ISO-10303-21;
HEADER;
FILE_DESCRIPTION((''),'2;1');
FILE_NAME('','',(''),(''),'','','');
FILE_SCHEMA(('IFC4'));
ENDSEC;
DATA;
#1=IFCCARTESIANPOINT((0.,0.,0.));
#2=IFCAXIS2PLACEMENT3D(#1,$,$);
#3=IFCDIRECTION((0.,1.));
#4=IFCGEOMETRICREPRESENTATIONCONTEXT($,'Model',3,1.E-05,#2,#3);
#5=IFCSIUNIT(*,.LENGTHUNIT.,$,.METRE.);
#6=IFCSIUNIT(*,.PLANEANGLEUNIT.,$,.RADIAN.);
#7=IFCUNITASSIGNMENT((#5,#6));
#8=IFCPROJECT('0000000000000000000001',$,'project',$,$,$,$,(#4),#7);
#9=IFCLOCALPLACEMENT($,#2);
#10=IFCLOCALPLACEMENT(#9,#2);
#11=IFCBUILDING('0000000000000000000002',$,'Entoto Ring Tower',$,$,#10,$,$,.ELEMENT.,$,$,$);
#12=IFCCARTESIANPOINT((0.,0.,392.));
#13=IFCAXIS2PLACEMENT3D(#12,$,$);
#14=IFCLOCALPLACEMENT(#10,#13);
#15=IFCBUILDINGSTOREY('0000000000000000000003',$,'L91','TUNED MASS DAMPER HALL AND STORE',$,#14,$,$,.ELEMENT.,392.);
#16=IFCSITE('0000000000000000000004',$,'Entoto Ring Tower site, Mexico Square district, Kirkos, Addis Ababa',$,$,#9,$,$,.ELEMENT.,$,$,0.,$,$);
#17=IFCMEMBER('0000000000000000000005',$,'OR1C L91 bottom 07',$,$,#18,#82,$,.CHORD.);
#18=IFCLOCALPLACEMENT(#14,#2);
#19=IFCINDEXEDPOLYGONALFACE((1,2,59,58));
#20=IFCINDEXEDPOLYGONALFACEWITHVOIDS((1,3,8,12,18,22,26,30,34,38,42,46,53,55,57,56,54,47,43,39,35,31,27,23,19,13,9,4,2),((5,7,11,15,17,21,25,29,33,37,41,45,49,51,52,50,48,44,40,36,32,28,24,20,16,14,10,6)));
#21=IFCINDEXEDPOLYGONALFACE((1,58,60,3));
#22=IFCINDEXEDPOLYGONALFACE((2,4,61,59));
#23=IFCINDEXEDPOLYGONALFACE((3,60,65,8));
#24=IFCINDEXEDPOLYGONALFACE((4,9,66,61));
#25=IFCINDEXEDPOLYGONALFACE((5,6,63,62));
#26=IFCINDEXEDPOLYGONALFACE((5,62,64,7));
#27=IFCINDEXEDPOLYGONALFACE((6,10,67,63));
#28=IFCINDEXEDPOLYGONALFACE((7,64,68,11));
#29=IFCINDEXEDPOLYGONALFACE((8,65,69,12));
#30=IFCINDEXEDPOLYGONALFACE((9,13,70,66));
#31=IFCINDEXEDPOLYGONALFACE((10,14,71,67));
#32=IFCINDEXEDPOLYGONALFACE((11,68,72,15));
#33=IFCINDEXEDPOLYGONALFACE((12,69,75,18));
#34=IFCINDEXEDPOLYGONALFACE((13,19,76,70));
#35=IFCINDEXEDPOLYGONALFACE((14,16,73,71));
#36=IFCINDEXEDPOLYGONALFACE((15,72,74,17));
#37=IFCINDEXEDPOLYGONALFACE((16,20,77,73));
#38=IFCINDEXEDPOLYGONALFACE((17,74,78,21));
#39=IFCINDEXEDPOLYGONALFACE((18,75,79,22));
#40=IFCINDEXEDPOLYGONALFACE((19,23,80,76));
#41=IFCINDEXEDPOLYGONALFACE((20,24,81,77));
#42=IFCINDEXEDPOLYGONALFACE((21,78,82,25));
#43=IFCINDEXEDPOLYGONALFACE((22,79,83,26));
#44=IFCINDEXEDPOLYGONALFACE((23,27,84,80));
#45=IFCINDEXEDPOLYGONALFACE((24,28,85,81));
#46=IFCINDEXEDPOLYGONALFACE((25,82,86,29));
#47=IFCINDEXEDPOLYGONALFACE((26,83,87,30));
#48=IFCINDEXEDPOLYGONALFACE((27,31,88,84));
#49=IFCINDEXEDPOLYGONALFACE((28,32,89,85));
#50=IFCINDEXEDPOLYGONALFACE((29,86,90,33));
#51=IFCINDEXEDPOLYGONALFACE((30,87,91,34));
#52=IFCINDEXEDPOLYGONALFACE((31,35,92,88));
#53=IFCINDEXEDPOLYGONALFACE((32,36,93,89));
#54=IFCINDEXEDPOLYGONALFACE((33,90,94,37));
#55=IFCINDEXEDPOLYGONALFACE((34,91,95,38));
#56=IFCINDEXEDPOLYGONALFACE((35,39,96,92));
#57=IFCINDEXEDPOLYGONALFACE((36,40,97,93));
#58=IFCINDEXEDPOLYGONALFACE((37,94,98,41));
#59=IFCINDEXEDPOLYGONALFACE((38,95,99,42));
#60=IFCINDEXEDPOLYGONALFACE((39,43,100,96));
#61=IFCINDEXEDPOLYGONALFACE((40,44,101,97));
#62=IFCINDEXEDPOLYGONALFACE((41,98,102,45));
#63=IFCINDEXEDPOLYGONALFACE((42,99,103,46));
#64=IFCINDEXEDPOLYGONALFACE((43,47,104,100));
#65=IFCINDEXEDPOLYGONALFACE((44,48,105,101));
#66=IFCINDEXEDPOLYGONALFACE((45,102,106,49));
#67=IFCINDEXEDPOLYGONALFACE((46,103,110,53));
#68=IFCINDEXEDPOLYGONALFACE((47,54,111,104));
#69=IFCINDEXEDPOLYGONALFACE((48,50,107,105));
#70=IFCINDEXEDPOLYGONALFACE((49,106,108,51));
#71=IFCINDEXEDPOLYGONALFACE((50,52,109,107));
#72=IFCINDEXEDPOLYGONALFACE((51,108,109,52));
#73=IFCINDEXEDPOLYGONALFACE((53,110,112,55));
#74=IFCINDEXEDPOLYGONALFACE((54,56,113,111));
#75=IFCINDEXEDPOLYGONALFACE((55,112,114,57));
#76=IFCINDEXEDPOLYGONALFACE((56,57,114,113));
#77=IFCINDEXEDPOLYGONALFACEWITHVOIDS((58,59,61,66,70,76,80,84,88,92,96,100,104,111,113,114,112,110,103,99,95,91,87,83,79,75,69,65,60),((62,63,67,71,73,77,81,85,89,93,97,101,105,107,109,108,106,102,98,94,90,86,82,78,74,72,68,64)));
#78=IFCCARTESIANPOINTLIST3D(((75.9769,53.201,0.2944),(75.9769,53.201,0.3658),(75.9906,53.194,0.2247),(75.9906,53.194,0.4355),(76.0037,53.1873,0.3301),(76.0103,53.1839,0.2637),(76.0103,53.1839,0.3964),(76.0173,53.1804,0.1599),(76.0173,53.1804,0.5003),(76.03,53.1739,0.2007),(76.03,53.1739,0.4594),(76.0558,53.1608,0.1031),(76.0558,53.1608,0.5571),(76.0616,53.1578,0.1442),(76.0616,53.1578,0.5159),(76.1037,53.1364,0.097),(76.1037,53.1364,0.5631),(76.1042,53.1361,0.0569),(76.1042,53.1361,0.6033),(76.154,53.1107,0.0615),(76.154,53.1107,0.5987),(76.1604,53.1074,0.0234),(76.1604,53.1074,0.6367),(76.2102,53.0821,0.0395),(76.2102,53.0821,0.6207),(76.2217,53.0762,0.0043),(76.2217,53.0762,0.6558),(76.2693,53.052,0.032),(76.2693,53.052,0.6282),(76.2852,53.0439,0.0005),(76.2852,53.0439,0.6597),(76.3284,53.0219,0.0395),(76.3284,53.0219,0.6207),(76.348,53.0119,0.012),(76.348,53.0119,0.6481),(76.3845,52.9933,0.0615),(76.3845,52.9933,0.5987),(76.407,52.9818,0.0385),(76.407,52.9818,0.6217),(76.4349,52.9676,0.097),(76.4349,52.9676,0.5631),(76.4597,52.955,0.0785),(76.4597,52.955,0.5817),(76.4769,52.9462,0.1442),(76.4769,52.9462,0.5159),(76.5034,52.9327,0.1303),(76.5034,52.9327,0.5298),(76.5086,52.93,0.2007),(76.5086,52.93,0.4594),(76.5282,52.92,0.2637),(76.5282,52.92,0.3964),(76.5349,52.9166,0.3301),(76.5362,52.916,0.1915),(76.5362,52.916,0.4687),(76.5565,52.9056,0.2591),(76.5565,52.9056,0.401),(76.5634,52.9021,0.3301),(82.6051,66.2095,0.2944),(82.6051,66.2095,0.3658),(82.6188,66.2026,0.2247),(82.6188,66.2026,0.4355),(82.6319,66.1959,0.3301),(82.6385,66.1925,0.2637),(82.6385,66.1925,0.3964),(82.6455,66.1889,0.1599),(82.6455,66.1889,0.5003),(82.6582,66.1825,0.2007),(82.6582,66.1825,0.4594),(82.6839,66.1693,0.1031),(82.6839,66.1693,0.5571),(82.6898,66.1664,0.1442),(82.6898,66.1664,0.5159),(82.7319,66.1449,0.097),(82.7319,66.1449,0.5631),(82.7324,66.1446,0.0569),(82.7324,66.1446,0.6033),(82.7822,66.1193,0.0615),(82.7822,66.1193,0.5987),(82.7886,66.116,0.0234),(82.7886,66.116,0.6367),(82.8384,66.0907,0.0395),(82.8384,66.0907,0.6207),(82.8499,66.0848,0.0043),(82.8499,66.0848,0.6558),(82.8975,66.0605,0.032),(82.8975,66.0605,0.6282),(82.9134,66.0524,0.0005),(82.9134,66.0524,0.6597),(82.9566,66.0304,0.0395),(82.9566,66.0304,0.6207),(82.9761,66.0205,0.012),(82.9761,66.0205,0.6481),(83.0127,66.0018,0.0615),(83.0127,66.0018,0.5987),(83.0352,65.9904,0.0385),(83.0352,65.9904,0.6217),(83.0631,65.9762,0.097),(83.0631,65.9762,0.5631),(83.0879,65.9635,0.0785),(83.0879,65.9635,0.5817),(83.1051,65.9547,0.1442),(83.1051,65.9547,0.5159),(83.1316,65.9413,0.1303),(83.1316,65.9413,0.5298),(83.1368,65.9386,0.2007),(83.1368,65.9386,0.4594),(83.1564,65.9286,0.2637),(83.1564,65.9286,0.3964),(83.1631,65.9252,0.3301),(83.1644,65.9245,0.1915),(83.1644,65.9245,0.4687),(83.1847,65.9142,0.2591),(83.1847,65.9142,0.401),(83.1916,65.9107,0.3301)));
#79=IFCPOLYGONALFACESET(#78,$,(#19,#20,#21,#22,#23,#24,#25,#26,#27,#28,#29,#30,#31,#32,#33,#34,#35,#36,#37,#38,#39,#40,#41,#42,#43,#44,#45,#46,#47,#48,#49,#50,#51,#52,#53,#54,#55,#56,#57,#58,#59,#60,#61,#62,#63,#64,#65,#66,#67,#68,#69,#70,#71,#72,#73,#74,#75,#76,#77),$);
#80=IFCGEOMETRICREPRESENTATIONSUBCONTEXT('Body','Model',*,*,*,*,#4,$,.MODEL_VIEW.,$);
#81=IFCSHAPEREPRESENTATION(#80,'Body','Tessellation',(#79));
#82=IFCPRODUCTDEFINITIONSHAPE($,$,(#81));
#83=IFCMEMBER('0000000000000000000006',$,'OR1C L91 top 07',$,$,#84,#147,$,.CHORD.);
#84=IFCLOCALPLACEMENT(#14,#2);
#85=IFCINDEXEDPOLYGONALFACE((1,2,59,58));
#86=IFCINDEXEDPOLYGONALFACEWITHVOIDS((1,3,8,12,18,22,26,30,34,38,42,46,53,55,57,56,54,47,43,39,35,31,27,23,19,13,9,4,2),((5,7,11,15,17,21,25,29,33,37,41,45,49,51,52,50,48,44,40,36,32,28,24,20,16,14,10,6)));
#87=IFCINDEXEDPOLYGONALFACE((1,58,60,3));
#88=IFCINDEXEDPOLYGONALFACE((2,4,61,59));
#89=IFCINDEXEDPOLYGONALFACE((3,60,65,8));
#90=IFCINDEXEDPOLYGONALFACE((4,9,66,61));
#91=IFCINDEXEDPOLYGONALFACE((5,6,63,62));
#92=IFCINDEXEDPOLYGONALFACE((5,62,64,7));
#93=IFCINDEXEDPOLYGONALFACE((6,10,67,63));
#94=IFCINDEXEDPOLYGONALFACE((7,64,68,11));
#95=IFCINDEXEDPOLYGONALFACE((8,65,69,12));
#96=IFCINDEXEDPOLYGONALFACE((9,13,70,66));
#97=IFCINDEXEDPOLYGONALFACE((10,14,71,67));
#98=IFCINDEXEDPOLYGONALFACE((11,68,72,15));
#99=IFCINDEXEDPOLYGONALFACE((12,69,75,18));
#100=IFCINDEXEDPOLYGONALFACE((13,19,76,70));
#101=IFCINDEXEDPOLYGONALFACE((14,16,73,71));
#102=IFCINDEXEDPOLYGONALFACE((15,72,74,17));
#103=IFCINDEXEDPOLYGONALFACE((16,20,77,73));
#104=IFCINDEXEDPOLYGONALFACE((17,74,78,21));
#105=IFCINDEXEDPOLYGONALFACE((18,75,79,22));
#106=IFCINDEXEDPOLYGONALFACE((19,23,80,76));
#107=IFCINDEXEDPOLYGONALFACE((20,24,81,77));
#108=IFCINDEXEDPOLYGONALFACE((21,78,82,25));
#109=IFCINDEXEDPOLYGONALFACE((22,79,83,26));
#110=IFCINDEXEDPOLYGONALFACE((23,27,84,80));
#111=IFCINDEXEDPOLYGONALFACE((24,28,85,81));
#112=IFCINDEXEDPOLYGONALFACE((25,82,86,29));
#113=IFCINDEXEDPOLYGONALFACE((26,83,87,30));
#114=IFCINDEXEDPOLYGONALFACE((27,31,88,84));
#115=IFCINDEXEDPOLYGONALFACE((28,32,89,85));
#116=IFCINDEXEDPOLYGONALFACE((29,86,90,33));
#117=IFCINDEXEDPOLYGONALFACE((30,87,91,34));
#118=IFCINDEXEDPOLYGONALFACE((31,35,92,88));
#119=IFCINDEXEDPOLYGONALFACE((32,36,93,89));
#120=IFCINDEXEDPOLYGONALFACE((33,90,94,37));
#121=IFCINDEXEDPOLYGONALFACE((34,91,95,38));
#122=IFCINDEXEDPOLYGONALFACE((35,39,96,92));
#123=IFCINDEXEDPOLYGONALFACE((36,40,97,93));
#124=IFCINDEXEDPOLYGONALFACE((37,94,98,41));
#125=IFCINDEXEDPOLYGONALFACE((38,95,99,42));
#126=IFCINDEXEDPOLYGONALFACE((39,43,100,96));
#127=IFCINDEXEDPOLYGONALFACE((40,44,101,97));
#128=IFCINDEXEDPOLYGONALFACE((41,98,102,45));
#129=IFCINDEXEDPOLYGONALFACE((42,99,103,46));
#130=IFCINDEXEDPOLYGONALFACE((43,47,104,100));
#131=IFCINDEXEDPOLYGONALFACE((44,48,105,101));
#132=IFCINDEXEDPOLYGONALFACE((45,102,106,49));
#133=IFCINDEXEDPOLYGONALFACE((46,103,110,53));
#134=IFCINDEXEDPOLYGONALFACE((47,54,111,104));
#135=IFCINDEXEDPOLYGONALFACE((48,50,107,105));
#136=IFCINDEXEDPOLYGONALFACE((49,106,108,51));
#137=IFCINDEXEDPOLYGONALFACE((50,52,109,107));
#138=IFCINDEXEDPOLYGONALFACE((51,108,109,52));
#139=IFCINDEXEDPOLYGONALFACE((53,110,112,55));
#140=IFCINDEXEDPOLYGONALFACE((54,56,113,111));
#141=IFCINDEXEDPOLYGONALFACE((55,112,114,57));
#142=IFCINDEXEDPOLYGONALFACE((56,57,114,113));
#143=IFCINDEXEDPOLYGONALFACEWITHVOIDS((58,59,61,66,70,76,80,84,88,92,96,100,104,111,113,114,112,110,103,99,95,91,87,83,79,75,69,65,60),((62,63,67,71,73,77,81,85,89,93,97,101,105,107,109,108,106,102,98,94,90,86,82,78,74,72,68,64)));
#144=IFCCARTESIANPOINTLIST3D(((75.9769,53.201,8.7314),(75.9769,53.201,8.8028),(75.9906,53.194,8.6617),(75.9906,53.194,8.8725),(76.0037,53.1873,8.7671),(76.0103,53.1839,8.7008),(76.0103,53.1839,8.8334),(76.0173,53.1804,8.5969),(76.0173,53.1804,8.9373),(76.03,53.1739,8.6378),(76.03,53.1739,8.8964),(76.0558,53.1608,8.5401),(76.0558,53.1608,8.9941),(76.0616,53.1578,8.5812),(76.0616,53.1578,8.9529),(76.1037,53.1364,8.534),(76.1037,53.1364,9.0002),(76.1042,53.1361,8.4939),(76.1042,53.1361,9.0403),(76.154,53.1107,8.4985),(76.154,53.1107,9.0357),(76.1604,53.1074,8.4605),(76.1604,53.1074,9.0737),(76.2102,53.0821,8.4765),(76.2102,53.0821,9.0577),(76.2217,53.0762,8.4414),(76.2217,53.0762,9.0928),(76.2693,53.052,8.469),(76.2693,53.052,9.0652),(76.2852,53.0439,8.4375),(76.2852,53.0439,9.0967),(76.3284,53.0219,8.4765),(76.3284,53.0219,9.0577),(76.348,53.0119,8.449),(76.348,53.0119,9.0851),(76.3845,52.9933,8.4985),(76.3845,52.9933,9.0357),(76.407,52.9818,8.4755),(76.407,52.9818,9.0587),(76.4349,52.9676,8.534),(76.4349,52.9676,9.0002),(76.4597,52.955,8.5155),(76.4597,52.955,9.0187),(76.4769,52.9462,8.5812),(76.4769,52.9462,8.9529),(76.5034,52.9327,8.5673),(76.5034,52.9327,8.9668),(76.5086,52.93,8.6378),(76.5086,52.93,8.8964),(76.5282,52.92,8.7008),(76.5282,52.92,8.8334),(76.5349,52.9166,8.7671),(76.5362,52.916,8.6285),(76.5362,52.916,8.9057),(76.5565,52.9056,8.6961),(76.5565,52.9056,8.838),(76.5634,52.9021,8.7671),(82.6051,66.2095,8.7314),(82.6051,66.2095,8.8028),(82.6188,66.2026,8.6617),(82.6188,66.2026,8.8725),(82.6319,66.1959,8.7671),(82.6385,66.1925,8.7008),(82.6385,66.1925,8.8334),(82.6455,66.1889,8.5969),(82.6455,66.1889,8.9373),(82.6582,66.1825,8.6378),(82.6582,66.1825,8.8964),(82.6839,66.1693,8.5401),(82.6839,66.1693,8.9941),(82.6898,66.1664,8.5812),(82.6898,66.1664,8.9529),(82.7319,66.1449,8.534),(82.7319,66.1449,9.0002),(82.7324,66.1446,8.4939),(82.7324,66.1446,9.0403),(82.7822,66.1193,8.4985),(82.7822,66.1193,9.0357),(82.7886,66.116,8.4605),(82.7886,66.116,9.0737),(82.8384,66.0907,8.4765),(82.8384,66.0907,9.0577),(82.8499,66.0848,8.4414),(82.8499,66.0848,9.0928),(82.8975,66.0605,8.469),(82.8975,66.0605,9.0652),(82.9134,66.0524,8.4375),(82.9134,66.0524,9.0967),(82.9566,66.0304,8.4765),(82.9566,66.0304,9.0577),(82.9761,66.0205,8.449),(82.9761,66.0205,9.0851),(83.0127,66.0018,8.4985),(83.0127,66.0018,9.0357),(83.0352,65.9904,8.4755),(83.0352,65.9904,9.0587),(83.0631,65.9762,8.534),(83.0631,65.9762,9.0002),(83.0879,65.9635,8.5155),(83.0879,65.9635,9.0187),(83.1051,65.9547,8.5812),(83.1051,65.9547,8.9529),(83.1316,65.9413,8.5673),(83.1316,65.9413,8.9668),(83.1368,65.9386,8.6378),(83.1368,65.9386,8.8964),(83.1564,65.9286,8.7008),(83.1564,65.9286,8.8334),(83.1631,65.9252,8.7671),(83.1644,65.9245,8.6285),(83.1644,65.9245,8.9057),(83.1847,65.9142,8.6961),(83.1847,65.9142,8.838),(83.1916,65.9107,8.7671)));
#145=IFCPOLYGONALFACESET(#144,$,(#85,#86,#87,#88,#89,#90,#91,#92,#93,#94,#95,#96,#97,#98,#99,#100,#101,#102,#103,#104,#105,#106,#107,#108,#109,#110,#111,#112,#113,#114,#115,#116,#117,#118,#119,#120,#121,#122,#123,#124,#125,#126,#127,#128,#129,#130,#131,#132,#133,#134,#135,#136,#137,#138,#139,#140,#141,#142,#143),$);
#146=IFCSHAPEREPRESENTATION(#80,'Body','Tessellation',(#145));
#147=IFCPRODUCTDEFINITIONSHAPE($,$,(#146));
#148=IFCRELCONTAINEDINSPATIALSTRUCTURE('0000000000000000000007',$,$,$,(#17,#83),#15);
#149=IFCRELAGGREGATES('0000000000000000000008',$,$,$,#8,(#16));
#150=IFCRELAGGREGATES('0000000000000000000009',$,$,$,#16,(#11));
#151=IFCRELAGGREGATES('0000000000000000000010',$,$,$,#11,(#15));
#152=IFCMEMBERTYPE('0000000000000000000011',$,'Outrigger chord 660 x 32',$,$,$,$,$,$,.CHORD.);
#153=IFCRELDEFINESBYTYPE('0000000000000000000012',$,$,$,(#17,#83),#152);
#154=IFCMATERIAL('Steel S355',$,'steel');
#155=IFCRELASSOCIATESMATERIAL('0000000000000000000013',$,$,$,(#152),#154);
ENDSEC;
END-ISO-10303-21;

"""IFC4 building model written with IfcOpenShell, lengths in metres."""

from ifc_helpers import new_model, si_unit, direction, frame, origin, origin_2d, place, context, subcontext, project, spatial, circle, hollow_circle, extrude, material, material_profile, profile_set, type_object, element, save


model = new_model("IFC4")

# Units and contexts
model_context = context("Model", 3, precision=1e-05, world=origin(), true_north=direction((0.0, 1.0)))
body_context = subcontext(model_context, "Body", "Model", "MODEL_VIEW")
ifc_project = project(units=[si_unit("LENGTHUNIT", "METRE"), si_unit("PLANEANGLEUNIT", "RADIAN")], contexts=[model_context])

# Site, building, storey
site_placement = place(None, origin())
site = spatial("IfcSite", under=ifc_project, at=site_placement, Name="Entoto Ring Tower site, Mexico Square district, Kirkos, Addis Ababa", CompositionType="ELEMENT", RefElevation=0.0)
building_placement = place(site_placement, origin())
building = spatial("IfcBuilding", under=site, at=building_placement, Name="Entoto Ring Tower", CompositionType="ELEMENT")
storey_placement = place(building_placement, frame((0.0, 0.0, 392.0)))
storey = spatial("IfcBuildingStorey", under=building, at=storey_placement, Name="L91", Description="TUNED MASS DAMPER HALL AND STORE", CompositionType="ELEMENT", Elevation=392.0)

# Members
ifc_material_1 = material(Name="Steel S355", Category="steel")
ifc_material_profile_1 = material_profile(ifc_material_1, hollow_circle(Radius=0.3301, WallThickness=0.032, at=origin_2d()), Name="CHS 660 x 32")
ifc_material_2 = material(Name="Concrete C60/75", Category="concrete")
ifc_material_profile_2 = material_profile(ifc_material_2, circle(Radius=0.2981, at=origin_2d()), Name="Concrete C60/75 infill")
ifc_profile_set_1 = profile_set([ifc_material_profile_1, ifc_material_profile_2], Name="Steel S355")
member_type_1 = type_object("IfcMemberType", Name="Outrigger chord 660 x 32", PredefinedType="CHORD", material=ifc_profile_set_1)
for number, where, z_axis, x_axis, name in (
    (1, (82.8975, 66.0605, 0.3301), (-0.45399, -0.891007, 0.0), (0.891007, -0.45399, 0.0), "OR1C L91 bottom 07"),
    (2, (82.8975, 66.0605, 8.7671), (-0.45399, -0.891007, 0.0), (0.891007, -0.45399, 0.0), "OR1C L91 top 07"),
):
    element("IfcMember", number, at=place(storey_placement, frame(where, z_axis=z_axis, x_axis=x_axis)), inside=storey, type_object=member_type_1, Name=name, PredefinedType="CHORD", context=body_context, shape_type="SweptSolid", body=[
        extrude(hollow_circle(Radius=0.3301, WallThickness=0.032, at=origin_2d()), origin(), (0.0, 0.0, 1.0), 14.5999),
    ])

save(model, "model.ifc")
